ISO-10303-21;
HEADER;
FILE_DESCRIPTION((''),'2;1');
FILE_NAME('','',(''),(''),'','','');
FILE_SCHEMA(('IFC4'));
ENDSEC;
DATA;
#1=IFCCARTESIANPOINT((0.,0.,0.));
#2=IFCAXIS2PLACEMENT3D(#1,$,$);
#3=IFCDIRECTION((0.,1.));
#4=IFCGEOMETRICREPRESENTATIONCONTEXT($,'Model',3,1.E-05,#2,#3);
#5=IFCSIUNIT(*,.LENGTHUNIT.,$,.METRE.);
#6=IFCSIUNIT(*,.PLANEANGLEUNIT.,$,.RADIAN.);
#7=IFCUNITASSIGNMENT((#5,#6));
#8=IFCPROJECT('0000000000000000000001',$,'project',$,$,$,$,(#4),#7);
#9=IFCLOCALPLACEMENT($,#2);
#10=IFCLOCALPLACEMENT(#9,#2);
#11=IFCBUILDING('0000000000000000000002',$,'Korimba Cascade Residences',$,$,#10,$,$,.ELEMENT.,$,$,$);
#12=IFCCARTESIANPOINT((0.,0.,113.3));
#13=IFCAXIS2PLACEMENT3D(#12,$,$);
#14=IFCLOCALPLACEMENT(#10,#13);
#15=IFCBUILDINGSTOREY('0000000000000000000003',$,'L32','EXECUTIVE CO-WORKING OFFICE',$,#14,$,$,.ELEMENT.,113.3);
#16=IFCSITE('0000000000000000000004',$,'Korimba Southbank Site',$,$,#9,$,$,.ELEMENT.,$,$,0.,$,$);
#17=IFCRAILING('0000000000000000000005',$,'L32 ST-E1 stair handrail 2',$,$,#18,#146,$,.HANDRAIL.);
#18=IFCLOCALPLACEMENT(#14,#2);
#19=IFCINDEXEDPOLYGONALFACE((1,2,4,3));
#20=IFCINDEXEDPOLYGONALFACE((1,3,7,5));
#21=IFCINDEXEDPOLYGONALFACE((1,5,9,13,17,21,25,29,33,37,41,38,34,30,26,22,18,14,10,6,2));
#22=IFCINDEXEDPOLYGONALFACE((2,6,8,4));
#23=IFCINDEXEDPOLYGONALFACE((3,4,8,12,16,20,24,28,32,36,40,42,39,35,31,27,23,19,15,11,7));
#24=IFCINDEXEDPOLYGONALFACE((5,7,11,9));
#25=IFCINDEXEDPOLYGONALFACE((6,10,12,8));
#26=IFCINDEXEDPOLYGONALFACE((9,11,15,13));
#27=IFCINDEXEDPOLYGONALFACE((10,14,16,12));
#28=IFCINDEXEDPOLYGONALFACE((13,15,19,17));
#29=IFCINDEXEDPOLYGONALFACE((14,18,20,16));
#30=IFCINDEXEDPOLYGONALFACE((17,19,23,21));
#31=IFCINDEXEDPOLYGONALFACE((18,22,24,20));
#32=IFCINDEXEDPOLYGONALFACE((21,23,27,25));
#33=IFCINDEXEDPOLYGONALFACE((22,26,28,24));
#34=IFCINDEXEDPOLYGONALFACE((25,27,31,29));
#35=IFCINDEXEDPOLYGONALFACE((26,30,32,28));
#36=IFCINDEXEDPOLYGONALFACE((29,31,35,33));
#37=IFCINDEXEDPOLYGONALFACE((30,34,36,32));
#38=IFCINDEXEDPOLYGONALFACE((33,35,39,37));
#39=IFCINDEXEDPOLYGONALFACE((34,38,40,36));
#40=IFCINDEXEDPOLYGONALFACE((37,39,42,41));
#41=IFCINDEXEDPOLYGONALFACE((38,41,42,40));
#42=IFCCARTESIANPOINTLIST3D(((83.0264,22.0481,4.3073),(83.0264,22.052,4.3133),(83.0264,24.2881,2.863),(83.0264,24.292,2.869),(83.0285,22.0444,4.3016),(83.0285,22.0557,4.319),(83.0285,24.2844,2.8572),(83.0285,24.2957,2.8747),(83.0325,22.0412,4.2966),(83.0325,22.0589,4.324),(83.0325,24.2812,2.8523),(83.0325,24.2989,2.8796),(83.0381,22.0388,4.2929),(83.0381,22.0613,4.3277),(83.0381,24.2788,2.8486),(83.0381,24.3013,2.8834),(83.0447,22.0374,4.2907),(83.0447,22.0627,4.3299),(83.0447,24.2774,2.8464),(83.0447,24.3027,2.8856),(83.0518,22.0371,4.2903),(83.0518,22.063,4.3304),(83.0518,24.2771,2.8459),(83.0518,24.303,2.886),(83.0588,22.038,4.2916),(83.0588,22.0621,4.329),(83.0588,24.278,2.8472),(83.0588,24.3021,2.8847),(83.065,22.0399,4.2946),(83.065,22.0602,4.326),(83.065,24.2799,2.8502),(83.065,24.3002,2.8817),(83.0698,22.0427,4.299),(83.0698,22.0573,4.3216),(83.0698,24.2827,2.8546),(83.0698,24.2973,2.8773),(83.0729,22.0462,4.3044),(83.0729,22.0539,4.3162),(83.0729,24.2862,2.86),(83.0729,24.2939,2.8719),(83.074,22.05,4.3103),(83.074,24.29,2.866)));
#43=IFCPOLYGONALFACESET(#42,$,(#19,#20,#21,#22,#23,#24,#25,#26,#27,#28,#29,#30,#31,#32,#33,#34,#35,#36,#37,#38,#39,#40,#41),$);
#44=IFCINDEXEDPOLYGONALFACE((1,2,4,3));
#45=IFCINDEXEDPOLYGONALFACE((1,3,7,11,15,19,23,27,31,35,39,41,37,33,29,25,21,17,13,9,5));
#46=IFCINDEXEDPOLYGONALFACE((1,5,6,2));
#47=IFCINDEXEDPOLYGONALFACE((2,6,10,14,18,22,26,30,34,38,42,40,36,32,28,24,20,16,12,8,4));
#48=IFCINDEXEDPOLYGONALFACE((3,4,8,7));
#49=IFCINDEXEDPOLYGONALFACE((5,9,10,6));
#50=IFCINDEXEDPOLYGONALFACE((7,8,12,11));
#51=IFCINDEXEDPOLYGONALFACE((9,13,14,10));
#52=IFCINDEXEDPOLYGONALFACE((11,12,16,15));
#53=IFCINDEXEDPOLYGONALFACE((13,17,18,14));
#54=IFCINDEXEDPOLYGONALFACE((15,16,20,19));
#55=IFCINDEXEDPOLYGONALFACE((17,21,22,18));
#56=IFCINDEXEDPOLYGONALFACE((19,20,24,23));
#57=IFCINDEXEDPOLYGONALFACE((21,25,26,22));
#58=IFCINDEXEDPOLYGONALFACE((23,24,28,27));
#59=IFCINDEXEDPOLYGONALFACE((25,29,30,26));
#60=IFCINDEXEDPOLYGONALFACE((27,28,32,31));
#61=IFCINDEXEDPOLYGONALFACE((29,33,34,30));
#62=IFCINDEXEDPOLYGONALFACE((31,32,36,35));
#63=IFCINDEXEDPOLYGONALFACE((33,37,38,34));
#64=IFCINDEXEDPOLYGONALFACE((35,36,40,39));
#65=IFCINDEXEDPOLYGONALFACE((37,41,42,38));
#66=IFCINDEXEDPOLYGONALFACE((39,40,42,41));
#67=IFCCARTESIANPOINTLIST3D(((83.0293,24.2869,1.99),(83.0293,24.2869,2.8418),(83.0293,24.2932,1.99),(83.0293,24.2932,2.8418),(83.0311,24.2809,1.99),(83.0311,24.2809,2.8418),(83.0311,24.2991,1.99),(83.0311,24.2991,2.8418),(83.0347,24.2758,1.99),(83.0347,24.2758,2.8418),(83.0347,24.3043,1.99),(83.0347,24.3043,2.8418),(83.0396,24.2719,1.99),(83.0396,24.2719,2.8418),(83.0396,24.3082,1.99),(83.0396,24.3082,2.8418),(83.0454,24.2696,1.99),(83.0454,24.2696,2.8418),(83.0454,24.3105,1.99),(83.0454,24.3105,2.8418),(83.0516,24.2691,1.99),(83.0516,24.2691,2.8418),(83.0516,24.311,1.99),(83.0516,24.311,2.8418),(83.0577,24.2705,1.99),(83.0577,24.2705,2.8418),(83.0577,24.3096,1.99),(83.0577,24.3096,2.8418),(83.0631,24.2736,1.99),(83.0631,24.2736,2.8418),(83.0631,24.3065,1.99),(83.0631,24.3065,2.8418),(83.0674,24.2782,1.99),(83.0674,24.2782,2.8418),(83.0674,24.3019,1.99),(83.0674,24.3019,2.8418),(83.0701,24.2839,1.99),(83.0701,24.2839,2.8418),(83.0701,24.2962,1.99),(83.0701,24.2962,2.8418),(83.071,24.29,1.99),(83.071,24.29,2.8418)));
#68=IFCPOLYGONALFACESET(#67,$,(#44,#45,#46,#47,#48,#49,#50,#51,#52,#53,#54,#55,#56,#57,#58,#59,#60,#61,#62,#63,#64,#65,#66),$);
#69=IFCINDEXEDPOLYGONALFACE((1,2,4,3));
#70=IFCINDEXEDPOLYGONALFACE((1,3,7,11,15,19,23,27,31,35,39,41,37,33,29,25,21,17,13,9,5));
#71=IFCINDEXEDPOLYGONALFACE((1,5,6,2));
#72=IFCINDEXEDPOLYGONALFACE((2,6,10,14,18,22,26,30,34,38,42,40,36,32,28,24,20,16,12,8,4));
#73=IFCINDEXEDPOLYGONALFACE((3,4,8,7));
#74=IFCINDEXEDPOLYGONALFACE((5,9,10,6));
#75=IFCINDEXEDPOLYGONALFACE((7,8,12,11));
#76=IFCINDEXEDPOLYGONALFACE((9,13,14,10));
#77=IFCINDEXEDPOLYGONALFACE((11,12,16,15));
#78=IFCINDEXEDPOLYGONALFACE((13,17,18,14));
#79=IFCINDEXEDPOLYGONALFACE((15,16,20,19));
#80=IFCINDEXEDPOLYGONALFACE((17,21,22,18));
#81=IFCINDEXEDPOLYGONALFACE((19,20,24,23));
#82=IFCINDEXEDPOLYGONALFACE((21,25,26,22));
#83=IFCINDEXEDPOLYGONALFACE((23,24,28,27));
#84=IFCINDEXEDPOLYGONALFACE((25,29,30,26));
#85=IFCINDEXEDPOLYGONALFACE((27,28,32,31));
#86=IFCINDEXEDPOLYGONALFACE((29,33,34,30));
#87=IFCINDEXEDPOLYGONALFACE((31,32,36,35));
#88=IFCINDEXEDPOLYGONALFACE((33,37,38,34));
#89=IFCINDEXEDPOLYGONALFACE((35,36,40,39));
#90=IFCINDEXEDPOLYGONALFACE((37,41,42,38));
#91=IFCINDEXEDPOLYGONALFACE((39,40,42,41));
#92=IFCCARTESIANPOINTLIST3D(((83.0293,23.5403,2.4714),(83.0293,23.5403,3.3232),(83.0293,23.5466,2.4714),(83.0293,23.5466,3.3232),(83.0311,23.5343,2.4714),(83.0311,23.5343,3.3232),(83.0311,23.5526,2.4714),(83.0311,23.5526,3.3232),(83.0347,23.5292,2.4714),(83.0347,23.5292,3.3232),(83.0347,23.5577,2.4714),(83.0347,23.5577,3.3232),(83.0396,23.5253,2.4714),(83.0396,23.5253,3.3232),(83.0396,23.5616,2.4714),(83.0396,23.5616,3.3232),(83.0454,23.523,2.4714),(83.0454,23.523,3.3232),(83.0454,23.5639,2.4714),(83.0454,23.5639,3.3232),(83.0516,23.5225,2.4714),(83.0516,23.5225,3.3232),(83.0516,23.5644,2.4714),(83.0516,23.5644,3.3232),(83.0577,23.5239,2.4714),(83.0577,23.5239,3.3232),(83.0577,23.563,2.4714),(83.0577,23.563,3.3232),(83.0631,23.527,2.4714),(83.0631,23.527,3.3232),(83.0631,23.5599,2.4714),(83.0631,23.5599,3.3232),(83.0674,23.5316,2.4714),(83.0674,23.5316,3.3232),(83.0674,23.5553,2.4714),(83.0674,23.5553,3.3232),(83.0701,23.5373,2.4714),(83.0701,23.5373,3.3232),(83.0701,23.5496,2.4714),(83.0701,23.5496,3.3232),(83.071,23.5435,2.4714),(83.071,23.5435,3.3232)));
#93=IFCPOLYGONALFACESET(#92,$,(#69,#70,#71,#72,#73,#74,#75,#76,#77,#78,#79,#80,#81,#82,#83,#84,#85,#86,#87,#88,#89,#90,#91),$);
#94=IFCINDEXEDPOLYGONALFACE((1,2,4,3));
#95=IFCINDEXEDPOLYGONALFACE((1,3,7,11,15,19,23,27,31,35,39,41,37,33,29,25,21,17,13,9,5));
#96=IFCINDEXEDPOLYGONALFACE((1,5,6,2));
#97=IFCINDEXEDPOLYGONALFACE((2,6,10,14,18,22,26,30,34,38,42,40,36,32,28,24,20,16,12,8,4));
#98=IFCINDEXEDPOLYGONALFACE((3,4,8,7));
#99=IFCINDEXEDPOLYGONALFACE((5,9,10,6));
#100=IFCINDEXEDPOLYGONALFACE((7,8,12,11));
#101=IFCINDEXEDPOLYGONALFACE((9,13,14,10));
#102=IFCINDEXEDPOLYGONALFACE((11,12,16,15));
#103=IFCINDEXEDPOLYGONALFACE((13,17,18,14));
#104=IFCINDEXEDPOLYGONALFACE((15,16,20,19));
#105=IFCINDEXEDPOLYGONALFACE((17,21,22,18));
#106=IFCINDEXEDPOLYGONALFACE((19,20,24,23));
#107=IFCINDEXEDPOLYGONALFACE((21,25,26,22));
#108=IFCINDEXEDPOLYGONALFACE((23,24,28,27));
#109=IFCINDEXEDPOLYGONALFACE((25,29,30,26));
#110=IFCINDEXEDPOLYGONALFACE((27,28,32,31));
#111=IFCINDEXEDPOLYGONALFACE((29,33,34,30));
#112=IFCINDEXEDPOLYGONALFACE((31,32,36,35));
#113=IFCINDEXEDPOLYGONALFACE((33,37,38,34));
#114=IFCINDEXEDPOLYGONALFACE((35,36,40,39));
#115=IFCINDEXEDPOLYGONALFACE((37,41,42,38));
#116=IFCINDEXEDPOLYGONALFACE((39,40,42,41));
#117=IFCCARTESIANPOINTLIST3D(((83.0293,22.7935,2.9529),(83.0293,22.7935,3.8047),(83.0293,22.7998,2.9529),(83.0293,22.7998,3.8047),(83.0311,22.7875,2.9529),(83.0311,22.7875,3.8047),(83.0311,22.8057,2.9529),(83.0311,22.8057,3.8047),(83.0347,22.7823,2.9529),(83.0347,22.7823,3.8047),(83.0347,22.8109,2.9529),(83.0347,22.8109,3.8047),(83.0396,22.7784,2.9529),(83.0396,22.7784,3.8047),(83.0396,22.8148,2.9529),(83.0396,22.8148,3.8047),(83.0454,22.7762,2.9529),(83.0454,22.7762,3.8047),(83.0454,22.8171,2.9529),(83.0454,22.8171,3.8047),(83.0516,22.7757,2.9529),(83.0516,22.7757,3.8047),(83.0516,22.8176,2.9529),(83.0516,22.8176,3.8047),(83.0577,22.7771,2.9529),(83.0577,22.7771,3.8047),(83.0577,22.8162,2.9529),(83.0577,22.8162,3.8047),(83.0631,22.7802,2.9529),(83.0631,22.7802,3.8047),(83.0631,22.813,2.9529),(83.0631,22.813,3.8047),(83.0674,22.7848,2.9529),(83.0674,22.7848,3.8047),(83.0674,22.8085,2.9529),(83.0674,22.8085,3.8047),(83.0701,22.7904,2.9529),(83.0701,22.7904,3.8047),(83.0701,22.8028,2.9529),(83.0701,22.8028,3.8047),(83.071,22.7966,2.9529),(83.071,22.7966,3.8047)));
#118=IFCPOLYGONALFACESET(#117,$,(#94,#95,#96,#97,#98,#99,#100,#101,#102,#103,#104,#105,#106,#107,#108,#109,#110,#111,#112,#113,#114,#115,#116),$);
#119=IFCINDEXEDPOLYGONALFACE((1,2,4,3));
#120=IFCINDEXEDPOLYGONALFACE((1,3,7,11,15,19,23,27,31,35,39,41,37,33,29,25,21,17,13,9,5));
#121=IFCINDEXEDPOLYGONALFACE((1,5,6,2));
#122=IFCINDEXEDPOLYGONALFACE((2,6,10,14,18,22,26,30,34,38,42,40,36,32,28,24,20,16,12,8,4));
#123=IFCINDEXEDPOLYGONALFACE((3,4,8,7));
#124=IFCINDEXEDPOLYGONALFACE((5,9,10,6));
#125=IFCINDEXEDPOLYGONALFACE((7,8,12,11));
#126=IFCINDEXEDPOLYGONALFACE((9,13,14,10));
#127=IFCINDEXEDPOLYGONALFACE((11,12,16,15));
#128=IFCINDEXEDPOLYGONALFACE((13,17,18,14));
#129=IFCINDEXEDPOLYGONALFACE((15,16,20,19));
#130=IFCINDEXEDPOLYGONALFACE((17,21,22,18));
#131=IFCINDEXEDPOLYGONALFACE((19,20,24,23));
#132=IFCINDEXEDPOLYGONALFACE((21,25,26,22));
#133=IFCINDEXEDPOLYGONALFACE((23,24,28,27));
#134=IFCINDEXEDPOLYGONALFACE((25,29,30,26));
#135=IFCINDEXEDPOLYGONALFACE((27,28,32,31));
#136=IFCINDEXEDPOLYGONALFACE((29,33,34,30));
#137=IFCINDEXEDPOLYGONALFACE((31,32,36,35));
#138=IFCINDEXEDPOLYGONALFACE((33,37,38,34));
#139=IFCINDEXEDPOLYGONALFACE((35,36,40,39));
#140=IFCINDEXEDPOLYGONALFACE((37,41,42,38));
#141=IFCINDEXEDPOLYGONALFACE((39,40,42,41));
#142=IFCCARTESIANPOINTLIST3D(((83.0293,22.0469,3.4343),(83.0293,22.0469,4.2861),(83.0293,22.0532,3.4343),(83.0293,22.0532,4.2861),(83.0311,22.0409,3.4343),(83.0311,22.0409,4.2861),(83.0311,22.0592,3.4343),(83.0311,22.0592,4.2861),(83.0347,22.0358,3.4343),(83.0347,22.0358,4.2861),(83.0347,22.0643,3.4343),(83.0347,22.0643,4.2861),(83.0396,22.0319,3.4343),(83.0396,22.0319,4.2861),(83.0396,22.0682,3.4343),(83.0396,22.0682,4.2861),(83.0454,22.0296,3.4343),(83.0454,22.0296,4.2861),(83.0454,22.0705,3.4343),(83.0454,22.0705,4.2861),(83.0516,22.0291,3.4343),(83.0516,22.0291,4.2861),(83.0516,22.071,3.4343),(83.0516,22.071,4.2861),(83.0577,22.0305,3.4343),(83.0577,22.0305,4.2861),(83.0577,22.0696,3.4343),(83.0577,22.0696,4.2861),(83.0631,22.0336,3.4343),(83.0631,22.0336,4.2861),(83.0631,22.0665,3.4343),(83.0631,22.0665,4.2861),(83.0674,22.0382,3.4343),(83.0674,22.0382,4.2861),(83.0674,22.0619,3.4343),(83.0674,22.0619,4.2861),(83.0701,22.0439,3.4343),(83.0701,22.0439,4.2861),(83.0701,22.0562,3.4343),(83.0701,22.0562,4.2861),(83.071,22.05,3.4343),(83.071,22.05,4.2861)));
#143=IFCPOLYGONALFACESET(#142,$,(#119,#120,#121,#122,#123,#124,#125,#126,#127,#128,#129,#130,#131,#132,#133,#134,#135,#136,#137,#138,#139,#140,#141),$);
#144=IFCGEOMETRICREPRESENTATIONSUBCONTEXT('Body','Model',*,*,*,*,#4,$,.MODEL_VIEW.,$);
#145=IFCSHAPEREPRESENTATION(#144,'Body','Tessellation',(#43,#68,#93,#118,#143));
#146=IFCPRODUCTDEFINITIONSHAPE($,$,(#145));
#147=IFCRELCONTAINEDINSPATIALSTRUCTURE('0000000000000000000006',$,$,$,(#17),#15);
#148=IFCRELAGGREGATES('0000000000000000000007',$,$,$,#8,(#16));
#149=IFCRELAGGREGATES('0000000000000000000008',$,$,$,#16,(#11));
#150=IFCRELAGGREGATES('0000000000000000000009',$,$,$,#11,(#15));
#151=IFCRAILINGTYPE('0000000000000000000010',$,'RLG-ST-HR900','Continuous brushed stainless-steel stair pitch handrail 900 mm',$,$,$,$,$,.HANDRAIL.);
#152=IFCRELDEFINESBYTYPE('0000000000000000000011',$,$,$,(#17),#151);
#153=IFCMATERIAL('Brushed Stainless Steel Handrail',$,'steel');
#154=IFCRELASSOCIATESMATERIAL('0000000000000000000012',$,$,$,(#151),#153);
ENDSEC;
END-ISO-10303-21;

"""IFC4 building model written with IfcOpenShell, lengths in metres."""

from ifc_helpers import new_model, si_unit, direction, frame, origin, origin_2d, place, context, subcontext, project, spatial, circle, extrude, material, type_object, element, save


model = new_model("IFC4")

# Units and contexts
model_context = context("Model", 3, precision=1e-05, world=origin(), true_north=direction((0.0, 1.0)))
body_context = subcontext(model_context, "Body", "Model", "MODEL_VIEW")
ifc_project = project(units=[si_unit("LENGTHUNIT", "METRE"), si_unit("PLANEANGLEUNIT", "RADIAN")], contexts=[model_context])

# Site, building, storey
site_placement = place(None, origin())
site = spatial("IfcSite", under=ifc_project, at=site_placement, Name="Korimba Southbank Site", CompositionType="ELEMENT", RefElevation=0.0)
building_placement = place(site_placement, origin())
building = spatial("IfcBuilding", under=site, at=building_placement, Name="Korimba Cascade Residences", CompositionType="ELEMENT")
storey_placement = place(building_placement, frame((0.0, 0.0, 113.3)))
storey = spatial("IfcBuildingStorey", under=building, at=storey_placement, Name="L32", Description="EXECUTIVE CO-WORKING OFFICE", CompositionType="ELEMENT", Elevation=113.3)

# Railing
ifc_material_1 = material(Name="Brushed Stainless Steel Handrail", Category="steel")
railing_type_1 = type_object("IfcRailingType", Name="RLG-ST-HR900", Description="Continuous brushed stainless-steel stair pitch handrail 900 mm", PredefinedType="HANDRAIL", material=ifc_material_1)
railing_1_placement = place(storey_placement, frame((83.05, 24.29, 1.99)))
element("IfcRailing", 1, at=railing_1_placement, inside=storey, type_object=railing_type_1, Name="L32 ST-E1 stair handrail 2", PredefinedType="HANDRAIL", context=body_context, shape_type="SweptSolid", body=[
    extrude(circle(Radius=0.0239, at=origin_2d()), frame((0.0, 0.0, 0.876), z_axis=(0.0, -0.840437, 0.54191), x_axis=(1.0, 0.0, 0.0)), (0.0, 0.0, 1.0), 2.6653),
    extrude(circle(Radius=0.021, at=origin_2d()), origin(), (0.0, 0.0, 1.0), 0.8518),
    extrude(circle(Radius=0.021, at=origin_2d()), frame((0.0, -0.7466, 0.4814)), (0.0, 0.0, 1.0), 0.8518),
    extrude(circle(Radius=0.021, at=origin_2d()), frame((0.0, -1.4934, 0.9629)), (0.0, 0.0, 1.0), 0.8518),
    extrude(circle(Radius=0.021, at=origin_2d()), frame((0.0, -2.24, 1.4443)), (0.0, 0.0, 1.0), 0.8518),
])

save(model, "model.ifc")
